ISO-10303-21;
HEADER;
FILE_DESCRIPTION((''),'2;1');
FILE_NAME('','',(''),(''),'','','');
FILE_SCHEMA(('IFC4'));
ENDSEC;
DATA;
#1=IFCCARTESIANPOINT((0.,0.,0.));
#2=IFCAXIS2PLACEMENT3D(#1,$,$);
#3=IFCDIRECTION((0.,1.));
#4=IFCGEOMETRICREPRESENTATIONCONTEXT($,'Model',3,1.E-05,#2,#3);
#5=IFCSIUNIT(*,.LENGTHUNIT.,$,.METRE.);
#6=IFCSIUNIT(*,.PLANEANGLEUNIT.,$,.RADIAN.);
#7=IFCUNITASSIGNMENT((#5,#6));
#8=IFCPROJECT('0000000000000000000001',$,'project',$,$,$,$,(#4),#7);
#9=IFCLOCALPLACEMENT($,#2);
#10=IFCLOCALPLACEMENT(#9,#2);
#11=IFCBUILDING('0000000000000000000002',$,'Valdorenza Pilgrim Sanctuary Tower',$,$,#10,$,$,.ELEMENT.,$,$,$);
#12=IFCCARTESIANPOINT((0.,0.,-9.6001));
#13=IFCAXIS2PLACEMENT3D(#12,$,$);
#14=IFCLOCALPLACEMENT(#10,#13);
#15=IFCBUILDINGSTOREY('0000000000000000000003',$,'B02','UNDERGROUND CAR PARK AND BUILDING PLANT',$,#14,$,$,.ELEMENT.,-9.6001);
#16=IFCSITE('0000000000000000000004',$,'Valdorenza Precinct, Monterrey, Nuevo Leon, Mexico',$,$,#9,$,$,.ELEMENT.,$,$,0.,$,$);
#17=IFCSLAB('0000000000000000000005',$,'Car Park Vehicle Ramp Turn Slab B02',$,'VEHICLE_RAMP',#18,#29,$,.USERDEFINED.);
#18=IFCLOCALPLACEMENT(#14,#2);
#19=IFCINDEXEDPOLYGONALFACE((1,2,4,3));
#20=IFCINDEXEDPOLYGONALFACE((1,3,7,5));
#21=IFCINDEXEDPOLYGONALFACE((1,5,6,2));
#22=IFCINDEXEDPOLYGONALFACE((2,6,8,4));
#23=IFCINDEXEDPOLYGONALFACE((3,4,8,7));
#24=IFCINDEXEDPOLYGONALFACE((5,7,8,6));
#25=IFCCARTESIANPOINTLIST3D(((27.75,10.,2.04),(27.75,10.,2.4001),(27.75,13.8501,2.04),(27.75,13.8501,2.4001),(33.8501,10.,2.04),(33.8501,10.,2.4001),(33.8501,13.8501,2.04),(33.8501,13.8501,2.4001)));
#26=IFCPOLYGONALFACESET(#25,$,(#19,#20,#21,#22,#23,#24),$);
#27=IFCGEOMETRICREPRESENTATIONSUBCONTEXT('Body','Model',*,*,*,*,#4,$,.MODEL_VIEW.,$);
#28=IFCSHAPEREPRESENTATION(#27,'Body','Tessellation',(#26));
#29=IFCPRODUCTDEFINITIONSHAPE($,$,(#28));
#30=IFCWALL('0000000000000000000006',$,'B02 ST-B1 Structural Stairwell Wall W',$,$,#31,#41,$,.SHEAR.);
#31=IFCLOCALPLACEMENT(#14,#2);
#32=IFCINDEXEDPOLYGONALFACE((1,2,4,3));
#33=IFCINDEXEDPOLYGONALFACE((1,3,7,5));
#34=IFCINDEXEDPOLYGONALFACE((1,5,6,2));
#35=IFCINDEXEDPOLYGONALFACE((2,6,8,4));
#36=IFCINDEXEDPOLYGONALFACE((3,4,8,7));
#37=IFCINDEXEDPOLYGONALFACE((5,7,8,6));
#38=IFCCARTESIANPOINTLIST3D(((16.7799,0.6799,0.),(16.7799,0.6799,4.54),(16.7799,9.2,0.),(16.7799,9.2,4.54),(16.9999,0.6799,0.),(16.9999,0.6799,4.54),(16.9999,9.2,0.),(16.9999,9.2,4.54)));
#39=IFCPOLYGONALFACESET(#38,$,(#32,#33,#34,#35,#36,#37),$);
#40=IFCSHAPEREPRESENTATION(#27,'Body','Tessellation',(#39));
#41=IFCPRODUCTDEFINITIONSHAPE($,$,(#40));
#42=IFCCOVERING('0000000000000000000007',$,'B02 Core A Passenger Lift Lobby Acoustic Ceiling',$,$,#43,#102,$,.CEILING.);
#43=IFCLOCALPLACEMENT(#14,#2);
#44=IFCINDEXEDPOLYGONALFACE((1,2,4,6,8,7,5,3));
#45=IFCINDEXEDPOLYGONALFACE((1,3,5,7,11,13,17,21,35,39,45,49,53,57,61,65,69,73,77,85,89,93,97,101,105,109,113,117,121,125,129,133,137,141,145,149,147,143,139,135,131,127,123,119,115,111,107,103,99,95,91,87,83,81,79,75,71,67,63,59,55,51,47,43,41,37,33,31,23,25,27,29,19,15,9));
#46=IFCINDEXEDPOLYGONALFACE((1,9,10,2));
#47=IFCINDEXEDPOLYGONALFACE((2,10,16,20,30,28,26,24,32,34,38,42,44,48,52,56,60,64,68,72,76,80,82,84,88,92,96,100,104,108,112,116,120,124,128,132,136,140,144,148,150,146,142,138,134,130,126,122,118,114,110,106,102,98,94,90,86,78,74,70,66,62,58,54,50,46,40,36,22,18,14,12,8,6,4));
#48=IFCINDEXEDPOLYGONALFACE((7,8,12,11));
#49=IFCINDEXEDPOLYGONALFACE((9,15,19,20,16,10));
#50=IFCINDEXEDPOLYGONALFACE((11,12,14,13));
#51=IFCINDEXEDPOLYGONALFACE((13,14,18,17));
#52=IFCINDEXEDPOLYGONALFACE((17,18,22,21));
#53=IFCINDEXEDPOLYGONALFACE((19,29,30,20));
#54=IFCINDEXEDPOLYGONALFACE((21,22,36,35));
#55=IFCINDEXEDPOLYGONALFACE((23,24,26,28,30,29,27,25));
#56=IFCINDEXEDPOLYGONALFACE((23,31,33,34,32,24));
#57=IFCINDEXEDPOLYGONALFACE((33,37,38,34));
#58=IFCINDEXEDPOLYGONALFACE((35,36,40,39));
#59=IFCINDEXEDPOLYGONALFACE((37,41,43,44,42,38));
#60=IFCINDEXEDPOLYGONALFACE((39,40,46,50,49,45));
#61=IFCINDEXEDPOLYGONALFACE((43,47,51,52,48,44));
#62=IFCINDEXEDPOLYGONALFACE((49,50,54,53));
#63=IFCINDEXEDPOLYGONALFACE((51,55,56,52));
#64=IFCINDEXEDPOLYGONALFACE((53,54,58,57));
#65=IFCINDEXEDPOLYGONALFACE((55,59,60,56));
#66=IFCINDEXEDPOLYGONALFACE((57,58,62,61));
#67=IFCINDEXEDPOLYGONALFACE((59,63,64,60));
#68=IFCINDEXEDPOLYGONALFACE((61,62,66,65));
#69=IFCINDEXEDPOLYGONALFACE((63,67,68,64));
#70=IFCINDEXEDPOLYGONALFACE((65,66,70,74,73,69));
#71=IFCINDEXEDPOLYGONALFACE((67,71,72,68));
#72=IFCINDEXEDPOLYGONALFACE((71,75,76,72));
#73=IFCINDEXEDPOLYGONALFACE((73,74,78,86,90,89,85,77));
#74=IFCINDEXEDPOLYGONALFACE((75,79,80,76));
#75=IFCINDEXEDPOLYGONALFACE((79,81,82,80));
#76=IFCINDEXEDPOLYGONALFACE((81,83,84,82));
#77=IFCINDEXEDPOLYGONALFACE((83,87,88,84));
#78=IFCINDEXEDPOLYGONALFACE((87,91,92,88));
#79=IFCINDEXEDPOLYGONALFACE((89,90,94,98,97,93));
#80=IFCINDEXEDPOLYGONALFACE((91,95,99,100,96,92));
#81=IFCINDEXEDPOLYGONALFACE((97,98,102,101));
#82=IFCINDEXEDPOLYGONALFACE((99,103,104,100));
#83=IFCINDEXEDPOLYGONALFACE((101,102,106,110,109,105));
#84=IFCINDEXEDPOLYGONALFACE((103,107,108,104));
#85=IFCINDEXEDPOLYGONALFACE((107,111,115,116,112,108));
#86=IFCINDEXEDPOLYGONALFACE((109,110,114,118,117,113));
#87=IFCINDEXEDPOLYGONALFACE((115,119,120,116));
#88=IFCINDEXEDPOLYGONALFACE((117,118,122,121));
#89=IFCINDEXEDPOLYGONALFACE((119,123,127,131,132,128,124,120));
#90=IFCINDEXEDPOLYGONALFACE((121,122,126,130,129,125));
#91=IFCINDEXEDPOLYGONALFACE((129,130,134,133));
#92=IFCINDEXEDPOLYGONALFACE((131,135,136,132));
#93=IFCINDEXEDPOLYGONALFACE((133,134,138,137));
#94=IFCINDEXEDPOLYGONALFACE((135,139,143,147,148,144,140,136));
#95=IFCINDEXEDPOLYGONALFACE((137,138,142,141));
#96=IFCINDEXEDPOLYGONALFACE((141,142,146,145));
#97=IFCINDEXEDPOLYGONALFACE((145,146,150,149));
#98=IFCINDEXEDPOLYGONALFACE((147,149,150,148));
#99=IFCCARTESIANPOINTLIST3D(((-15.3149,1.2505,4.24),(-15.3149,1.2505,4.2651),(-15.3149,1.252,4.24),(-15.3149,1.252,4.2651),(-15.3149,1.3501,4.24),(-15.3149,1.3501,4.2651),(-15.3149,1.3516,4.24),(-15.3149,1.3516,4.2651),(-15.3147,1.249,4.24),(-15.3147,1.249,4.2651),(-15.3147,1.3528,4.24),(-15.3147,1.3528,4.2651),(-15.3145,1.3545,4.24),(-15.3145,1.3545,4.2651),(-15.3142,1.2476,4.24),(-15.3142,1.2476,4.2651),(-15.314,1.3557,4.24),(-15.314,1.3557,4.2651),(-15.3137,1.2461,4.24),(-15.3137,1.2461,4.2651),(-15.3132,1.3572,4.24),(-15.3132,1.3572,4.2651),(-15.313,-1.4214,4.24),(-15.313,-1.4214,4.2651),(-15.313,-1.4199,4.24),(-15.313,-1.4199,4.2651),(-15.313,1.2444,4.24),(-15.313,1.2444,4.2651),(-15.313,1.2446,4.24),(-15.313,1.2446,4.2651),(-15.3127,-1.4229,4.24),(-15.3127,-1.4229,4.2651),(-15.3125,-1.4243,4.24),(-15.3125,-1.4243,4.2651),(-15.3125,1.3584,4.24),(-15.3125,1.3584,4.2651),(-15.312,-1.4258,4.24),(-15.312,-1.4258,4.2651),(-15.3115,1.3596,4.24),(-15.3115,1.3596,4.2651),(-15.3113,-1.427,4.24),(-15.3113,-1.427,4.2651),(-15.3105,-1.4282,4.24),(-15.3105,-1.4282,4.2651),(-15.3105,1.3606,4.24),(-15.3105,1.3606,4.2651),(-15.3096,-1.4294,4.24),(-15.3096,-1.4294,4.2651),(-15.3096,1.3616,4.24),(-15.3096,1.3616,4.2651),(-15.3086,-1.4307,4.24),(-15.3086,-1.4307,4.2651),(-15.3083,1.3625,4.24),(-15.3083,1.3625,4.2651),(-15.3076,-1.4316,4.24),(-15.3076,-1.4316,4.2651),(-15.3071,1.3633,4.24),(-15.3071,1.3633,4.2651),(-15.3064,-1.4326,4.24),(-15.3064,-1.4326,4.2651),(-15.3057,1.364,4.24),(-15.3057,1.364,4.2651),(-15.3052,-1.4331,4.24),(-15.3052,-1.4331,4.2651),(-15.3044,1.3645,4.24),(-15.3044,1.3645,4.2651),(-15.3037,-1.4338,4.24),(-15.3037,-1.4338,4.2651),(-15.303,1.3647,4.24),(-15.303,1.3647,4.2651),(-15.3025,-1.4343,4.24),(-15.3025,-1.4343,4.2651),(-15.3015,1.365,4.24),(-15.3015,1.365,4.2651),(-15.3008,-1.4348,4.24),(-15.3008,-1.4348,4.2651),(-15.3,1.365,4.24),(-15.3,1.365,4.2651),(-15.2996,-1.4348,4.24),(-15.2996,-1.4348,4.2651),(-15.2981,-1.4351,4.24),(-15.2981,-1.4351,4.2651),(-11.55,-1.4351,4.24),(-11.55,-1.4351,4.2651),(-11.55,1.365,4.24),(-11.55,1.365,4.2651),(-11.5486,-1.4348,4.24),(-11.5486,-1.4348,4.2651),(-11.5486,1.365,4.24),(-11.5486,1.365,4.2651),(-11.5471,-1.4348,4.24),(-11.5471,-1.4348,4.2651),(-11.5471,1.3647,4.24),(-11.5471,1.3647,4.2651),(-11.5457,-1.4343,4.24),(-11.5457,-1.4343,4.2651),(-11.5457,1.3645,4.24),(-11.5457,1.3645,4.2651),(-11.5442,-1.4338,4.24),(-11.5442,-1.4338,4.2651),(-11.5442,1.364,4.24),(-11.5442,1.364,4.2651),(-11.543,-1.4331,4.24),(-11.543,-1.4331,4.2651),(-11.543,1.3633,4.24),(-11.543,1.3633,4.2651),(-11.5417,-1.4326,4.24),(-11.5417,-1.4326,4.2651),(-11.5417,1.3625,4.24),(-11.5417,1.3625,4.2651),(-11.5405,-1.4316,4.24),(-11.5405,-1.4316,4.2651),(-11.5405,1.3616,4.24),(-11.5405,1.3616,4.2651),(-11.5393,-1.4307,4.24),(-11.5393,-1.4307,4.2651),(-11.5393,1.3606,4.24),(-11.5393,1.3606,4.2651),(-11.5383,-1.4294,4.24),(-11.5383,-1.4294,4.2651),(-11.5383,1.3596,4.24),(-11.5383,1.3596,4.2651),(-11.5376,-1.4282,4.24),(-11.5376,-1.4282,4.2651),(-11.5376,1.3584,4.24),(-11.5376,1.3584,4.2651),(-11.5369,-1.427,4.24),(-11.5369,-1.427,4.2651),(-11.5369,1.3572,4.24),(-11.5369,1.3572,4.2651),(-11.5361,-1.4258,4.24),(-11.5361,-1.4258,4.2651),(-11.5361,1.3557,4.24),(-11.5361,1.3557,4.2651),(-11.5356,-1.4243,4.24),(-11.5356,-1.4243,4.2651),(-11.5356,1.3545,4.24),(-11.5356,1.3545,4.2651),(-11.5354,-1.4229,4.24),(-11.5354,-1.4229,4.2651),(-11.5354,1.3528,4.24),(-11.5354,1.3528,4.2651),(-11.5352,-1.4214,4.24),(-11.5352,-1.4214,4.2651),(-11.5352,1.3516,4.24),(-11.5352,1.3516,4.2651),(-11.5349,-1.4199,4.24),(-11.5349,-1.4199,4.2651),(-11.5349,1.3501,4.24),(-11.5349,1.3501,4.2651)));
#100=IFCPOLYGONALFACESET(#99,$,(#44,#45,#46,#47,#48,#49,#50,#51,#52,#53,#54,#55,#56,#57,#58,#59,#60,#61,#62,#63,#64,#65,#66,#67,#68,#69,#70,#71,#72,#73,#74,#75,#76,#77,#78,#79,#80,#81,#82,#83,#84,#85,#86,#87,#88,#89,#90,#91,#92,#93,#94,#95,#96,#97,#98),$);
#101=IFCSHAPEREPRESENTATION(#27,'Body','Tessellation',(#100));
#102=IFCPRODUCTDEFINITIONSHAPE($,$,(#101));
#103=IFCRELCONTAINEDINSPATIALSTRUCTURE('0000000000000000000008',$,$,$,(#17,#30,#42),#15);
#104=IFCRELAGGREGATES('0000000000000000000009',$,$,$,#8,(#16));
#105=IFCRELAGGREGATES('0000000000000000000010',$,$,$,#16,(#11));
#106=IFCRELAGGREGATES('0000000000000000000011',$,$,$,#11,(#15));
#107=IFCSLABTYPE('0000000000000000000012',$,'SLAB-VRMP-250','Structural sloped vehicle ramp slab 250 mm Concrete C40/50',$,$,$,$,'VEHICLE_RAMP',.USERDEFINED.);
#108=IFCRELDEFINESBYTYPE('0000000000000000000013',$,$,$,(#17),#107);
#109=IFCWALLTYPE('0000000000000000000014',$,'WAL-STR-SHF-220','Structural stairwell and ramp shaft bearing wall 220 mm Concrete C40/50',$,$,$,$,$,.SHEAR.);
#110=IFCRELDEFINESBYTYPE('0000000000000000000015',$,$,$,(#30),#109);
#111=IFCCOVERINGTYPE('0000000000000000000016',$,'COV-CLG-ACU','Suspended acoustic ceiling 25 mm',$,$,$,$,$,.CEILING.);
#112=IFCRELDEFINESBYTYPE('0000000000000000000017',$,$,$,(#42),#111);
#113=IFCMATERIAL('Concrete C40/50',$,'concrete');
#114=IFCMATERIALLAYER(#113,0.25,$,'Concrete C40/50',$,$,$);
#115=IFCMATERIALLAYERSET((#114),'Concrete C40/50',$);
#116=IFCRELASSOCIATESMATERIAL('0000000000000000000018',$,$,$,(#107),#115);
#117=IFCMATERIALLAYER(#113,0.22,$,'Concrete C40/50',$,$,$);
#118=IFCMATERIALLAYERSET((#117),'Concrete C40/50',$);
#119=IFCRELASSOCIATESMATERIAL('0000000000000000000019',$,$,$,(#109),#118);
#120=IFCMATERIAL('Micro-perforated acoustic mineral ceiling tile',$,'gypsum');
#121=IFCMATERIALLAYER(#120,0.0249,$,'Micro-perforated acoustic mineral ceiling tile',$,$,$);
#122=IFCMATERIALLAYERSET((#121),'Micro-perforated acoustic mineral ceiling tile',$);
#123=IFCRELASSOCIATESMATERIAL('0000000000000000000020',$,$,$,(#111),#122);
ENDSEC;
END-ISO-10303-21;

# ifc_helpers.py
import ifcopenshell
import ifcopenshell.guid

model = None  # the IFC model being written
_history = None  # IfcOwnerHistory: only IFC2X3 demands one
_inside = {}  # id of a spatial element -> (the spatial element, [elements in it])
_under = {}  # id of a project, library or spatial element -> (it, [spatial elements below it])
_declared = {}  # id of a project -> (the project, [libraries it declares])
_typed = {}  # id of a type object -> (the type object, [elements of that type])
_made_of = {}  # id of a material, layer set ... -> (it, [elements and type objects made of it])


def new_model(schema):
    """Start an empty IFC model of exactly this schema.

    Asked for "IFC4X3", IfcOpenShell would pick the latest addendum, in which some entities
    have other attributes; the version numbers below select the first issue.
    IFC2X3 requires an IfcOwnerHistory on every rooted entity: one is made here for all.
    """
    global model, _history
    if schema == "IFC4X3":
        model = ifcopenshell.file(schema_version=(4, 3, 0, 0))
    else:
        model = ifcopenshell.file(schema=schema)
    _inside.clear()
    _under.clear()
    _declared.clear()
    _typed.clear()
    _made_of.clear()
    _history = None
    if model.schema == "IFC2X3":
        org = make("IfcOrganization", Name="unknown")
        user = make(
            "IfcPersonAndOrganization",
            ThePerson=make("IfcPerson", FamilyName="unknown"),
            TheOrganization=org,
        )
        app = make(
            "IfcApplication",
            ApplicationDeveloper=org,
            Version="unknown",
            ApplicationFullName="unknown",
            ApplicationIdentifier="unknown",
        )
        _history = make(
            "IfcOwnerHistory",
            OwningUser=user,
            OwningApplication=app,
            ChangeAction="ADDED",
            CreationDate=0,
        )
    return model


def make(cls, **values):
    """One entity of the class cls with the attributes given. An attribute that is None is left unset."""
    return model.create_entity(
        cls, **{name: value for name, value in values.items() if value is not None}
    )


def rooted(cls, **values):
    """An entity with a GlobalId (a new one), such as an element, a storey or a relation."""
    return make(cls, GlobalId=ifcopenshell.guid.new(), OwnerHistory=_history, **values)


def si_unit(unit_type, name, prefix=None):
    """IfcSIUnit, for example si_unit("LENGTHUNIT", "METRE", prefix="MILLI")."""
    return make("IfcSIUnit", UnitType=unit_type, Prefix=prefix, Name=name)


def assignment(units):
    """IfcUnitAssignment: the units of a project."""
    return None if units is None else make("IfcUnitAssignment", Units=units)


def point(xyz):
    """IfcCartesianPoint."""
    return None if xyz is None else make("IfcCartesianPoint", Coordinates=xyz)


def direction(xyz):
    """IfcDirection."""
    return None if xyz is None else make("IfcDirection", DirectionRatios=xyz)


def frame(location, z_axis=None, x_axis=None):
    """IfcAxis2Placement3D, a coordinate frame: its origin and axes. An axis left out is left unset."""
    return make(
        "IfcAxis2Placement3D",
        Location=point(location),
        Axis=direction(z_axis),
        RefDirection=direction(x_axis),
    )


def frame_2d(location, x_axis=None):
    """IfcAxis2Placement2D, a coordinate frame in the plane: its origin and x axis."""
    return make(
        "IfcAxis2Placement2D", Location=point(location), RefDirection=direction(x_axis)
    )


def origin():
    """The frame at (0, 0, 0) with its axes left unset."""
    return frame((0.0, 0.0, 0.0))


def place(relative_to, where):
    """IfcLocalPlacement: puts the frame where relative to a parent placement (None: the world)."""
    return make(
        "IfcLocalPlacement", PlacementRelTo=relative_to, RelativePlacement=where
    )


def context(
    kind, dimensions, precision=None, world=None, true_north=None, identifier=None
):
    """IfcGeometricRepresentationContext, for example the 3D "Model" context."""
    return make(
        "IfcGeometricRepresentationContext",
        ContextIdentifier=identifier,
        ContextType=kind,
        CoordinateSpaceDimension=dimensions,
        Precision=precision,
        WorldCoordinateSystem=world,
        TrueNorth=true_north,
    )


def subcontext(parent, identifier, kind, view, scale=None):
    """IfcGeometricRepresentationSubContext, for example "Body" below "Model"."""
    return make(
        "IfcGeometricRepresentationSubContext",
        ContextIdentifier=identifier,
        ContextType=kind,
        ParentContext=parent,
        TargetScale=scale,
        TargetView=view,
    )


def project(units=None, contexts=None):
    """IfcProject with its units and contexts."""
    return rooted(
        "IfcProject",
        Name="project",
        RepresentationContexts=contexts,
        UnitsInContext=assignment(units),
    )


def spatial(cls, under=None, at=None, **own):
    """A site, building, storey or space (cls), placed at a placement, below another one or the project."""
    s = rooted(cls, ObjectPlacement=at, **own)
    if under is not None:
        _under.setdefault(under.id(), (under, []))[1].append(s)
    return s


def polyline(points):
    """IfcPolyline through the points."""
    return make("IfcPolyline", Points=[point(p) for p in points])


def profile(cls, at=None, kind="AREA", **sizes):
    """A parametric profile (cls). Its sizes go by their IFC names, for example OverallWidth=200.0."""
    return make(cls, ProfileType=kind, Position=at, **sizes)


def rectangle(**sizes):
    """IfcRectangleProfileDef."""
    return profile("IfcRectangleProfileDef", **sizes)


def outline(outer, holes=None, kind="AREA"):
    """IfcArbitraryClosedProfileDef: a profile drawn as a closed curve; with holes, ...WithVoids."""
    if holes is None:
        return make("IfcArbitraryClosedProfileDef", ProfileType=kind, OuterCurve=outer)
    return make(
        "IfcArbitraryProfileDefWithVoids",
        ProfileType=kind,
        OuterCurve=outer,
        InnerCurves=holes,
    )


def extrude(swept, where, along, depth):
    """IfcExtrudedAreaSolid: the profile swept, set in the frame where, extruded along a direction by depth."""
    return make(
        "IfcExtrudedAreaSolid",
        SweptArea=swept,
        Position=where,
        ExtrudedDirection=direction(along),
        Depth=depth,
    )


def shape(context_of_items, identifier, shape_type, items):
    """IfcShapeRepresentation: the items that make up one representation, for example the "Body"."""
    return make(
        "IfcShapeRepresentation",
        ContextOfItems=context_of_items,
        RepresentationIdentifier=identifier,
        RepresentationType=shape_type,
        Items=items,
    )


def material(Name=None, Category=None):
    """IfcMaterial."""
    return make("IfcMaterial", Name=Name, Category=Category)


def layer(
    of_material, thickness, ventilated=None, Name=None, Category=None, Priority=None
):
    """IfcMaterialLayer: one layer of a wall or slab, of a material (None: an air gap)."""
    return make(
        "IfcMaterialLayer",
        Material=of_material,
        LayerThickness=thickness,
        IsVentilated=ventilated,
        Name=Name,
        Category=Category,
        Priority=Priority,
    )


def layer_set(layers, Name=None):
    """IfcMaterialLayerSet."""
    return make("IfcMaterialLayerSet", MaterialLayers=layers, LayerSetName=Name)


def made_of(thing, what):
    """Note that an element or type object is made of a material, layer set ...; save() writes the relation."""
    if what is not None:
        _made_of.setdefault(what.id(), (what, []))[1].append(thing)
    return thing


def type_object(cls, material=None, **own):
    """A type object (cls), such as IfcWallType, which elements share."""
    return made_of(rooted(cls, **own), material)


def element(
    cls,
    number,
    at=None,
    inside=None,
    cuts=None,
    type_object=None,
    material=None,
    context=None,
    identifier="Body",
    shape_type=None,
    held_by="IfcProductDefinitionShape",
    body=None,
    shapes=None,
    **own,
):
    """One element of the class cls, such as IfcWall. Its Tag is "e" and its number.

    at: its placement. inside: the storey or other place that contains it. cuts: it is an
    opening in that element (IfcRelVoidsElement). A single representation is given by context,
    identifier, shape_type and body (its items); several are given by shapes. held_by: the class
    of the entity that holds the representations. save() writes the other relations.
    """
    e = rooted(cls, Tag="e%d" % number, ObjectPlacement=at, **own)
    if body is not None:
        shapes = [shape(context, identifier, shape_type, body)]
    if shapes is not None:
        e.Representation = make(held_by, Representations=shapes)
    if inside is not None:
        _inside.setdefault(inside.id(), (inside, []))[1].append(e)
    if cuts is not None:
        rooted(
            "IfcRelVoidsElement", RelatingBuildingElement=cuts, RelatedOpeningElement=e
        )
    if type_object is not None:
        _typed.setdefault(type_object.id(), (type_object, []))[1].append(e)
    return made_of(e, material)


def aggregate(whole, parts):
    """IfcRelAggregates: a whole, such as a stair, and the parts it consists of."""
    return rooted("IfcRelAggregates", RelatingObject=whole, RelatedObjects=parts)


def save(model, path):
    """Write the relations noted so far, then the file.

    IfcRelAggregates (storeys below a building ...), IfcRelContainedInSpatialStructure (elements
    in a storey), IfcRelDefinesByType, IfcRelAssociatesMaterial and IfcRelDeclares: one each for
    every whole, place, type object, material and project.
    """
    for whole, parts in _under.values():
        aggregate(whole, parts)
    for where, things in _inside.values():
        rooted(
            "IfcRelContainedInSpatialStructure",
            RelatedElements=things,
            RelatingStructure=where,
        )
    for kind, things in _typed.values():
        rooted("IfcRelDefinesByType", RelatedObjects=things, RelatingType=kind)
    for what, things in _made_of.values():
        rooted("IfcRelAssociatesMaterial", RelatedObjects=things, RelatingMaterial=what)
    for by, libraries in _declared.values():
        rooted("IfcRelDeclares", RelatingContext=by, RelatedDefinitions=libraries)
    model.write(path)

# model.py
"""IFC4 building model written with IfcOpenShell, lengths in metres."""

from ifc_helpers import new_model, si_unit, direction, frame, frame_2d, origin, place, context, subcontext, project, spatial, polyline, rectangle, outline, extrude, material, layer, layer_set, type_object, element, save


model = new_model("IFC4")

# Units and contexts
model_context = context("Model", 3, precision=1e-05, world=origin(), true_north=direction((0.0, 1.0)))
body_context = subcontext(model_context, "Body", "Model", "MODEL_VIEW")
ifc_project = project(units=[si_unit("LENGTHUNIT", "METRE"), si_unit("PLANEANGLEUNIT", "RADIAN")], contexts=[model_context])

# Site, building, storey
site_placement = place(None, origin())
site = spatial("IfcSite", under=ifc_project, at=site_placement, Name="Valdorenza Precinct, Monterrey, Nuevo Leon, Mexico", CompositionType="ELEMENT", RefElevation=0.0)
building_placement = place(site_placement, origin())
building = spatial("IfcBuilding", under=site, at=building_placement, Name="Valdorenza Pilgrim Sanctuary Tower", CompositionType="ELEMENT")
storey_placement = place(building_placement, frame((0.0, 0.0, -9.6001)))
storey = spatial("IfcBuildingStorey", under=building, at=storey_placement, Name="B02", Description="UNDERGROUND CAR PARK AND BUILDING PLANT", CompositionType="ELEMENT", Elevation=-9.6001)

# Shared definitions
ifc_material_1 = material(Name="Concrete C40/50", Category="concrete")

# Slab
ifc_layer_1 = layer(ifc_material_1, 0.25, Name="Concrete C40/50")
ifc_layer_set_1 = layer_set([ifc_layer_1], Name="Concrete C40/50")
slab_type_1 = type_object("IfcSlabType", Name="SLAB-VRMP-250", Description="Structural sloped vehicle ramp slab 250 mm Concrete C40/50", ElementType="VEHICLE_RAMP", PredefinedType="USERDEFINED", material=ifc_layer_set_1)
slab_1_placement = place(storey_placement, frame((0.0, 0.0, 2.04)))
element("IfcSlab", 1, at=slab_1_placement, inside=storey, type_object=slab_type_1, Name="Car Park Vehicle Ramp Turn Slab B02", ObjectType="VEHICLE_RAMP", PredefinedType="USERDEFINED", context=body_context, shape_type="SweptSolid", body=[
    extrude(outline(polyline([(27.75, 10.0), (33.8501, 10.0), (33.8501, 13.8501), (27.75, 13.8501), (27.75, 10.0)])), origin(), (0.0, 0.0, 1.0), 0.3601),
])

# Wall
ifc_layer_2 = layer(ifc_material_1, 0.22, Name="Concrete C40/50")
ifc_layer_set_2 = layer_set([ifc_layer_2], Name="Concrete C40/50")
wall_type = type_object("IfcWallType", Name="WAL-STR-SHF-220", Description="Structural stairwell and ramp shaft bearing wall 220 mm Concrete C40/50", PredefinedType="SHEAR", material=ifc_layer_set_2)
wall_1_placement = place(storey_placement, frame((16.8899, 0.6799, 0.0), z_axis=(0.0, 0.0, 1.0), x_axis=(0.0, 1.0, 0.0)))
element("IfcWall", 2, at=wall_1_placement, inside=storey, type_object=wall_type, Name="B02 ST-B1 Structural Stairwell Wall W", PredefinedType="SHEAR", context=body_context, shape_type="SweptSolid", body=[
    extrude(rectangle(XDim=8.52, YDim=0.22, at=frame_2d((4.26, 0.0))), origin(), (0.0, 0.0, 1.0), 4.54),
])

# Covering
ifc_material_2 = material(Name="Micro-perforated acoustic mineral ceiling tile", Category="gypsum")
ifc_layer_3 = layer(ifc_material_2, 0.0249, Name="Micro-perforated acoustic mineral ceiling tile")
ifc_layer_set_3 = layer_set([ifc_layer_3], Name="Micro-perforated acoustic mineral ceiling tile")
covering_type_1 = type_object("IfcCoveringType", Name="COV-CLG-ACU", Description="Suspended acoustic ceiling 25 mm", PredefinedType="CEILING", material=ifc_layer_set_3)
covering_1_placement = place(storey_placement, frame((0.0, 0.0, 4.24)))
element("IfcCovering", 3, at=covering_1_placement, inside=storey, type_object=covering_type_1, Name="B02 Core A Passenger Lift Lobby Acoustic Ceiling", PredefinedType="CEILING", context=body_context, shape_type="SweptSolid", body=[
    extrude(outline(polyline([(-15.3149, 1.3501), (-15.3149, 1.3516), (-15.3147, 1.3528), (-15.3145, 1.3545), (-15.314, 1.3557), (-15.3132, 1.3572), (-15.3125, 1.3584), (-15.3115, 1.3596), (-15.3105, 1.3606), (-15.3096, 1.3616), (-15.3083, 1.3625), (-15.3071, 1.3633), (-15.3057, 1.364), (-15.3044, 1.3645), (-15.303, 1.3647), (-15.3015, 1.365), (-15.3, 1.365), (-11.55, 1.365), (-11.5486, 1.365), (-11.5471, 1.3647), (-11.5457, 1.3645), (-11.5442, 1.364), (-11.543, 1.3633), (-11.5417, 1.3625), (-11.5405, 1.3616), (-11.5393, 1.3606), (-11.5383, 1.3596), (-11.5376, 1.3584), (-11.5369, 1.3572), (-11.5361, 1.3557), (-11.5356, 1.3545), (-11.5354, 1.3528), (-11.5352, 1.3516), (-11.5349, 1.3501), (-11.5349, -1.4199), (-11.5352, -1.4214), (-11.5354, -1.4229), (-11.5356, -1.4243), (-11.5361, -1.4258), (-11.5369, -1.427), (-11.5376, -1.4282), (-11.5383, -1.4294), (-11.5393, -1.4307), (-11.5405, -1.4316), (-11.5417, -1.4326), (-11.543, -1.4331), (-11.5442, -1.4338), (-11.5457, -1.4343), (-11.5471, -1.4348), (-11.5486, -1.4348), (-11.55, -1.4351), (-15.2981, -1.4351), (-15.2996, -1.4348), (-15.3008, -1.4348), (-15.3025, -1.4343), (-15.3037, -1.4338), (-15.3052, -1.4331), (-15.3064, -1.4326), (-15.3076, -1.4316), (-15.3086, -1.4307), (-15.3096, -1.4294), (-15.3105, -1.4282), (-15.3113, -1.427), (-15.312, -1.4258), (-15.3125, -1.4243), (-15.3127, -1.4229), (-15.313, -1.4214), (-15.313, -1.4199), (-15.313, 1.2444), (-15.313, 1.2446), (-15.3137, 1.2461), (-15.3142, 1.2476), (-15.3147, 1.249), (-15.3149, 1.2505), (-15.3149, 1.252), (-15.3149, 1.3501)])), origin(), (0.0, 0.0, 1.0), 0.0251),
])

save(model, "model.ifc")
